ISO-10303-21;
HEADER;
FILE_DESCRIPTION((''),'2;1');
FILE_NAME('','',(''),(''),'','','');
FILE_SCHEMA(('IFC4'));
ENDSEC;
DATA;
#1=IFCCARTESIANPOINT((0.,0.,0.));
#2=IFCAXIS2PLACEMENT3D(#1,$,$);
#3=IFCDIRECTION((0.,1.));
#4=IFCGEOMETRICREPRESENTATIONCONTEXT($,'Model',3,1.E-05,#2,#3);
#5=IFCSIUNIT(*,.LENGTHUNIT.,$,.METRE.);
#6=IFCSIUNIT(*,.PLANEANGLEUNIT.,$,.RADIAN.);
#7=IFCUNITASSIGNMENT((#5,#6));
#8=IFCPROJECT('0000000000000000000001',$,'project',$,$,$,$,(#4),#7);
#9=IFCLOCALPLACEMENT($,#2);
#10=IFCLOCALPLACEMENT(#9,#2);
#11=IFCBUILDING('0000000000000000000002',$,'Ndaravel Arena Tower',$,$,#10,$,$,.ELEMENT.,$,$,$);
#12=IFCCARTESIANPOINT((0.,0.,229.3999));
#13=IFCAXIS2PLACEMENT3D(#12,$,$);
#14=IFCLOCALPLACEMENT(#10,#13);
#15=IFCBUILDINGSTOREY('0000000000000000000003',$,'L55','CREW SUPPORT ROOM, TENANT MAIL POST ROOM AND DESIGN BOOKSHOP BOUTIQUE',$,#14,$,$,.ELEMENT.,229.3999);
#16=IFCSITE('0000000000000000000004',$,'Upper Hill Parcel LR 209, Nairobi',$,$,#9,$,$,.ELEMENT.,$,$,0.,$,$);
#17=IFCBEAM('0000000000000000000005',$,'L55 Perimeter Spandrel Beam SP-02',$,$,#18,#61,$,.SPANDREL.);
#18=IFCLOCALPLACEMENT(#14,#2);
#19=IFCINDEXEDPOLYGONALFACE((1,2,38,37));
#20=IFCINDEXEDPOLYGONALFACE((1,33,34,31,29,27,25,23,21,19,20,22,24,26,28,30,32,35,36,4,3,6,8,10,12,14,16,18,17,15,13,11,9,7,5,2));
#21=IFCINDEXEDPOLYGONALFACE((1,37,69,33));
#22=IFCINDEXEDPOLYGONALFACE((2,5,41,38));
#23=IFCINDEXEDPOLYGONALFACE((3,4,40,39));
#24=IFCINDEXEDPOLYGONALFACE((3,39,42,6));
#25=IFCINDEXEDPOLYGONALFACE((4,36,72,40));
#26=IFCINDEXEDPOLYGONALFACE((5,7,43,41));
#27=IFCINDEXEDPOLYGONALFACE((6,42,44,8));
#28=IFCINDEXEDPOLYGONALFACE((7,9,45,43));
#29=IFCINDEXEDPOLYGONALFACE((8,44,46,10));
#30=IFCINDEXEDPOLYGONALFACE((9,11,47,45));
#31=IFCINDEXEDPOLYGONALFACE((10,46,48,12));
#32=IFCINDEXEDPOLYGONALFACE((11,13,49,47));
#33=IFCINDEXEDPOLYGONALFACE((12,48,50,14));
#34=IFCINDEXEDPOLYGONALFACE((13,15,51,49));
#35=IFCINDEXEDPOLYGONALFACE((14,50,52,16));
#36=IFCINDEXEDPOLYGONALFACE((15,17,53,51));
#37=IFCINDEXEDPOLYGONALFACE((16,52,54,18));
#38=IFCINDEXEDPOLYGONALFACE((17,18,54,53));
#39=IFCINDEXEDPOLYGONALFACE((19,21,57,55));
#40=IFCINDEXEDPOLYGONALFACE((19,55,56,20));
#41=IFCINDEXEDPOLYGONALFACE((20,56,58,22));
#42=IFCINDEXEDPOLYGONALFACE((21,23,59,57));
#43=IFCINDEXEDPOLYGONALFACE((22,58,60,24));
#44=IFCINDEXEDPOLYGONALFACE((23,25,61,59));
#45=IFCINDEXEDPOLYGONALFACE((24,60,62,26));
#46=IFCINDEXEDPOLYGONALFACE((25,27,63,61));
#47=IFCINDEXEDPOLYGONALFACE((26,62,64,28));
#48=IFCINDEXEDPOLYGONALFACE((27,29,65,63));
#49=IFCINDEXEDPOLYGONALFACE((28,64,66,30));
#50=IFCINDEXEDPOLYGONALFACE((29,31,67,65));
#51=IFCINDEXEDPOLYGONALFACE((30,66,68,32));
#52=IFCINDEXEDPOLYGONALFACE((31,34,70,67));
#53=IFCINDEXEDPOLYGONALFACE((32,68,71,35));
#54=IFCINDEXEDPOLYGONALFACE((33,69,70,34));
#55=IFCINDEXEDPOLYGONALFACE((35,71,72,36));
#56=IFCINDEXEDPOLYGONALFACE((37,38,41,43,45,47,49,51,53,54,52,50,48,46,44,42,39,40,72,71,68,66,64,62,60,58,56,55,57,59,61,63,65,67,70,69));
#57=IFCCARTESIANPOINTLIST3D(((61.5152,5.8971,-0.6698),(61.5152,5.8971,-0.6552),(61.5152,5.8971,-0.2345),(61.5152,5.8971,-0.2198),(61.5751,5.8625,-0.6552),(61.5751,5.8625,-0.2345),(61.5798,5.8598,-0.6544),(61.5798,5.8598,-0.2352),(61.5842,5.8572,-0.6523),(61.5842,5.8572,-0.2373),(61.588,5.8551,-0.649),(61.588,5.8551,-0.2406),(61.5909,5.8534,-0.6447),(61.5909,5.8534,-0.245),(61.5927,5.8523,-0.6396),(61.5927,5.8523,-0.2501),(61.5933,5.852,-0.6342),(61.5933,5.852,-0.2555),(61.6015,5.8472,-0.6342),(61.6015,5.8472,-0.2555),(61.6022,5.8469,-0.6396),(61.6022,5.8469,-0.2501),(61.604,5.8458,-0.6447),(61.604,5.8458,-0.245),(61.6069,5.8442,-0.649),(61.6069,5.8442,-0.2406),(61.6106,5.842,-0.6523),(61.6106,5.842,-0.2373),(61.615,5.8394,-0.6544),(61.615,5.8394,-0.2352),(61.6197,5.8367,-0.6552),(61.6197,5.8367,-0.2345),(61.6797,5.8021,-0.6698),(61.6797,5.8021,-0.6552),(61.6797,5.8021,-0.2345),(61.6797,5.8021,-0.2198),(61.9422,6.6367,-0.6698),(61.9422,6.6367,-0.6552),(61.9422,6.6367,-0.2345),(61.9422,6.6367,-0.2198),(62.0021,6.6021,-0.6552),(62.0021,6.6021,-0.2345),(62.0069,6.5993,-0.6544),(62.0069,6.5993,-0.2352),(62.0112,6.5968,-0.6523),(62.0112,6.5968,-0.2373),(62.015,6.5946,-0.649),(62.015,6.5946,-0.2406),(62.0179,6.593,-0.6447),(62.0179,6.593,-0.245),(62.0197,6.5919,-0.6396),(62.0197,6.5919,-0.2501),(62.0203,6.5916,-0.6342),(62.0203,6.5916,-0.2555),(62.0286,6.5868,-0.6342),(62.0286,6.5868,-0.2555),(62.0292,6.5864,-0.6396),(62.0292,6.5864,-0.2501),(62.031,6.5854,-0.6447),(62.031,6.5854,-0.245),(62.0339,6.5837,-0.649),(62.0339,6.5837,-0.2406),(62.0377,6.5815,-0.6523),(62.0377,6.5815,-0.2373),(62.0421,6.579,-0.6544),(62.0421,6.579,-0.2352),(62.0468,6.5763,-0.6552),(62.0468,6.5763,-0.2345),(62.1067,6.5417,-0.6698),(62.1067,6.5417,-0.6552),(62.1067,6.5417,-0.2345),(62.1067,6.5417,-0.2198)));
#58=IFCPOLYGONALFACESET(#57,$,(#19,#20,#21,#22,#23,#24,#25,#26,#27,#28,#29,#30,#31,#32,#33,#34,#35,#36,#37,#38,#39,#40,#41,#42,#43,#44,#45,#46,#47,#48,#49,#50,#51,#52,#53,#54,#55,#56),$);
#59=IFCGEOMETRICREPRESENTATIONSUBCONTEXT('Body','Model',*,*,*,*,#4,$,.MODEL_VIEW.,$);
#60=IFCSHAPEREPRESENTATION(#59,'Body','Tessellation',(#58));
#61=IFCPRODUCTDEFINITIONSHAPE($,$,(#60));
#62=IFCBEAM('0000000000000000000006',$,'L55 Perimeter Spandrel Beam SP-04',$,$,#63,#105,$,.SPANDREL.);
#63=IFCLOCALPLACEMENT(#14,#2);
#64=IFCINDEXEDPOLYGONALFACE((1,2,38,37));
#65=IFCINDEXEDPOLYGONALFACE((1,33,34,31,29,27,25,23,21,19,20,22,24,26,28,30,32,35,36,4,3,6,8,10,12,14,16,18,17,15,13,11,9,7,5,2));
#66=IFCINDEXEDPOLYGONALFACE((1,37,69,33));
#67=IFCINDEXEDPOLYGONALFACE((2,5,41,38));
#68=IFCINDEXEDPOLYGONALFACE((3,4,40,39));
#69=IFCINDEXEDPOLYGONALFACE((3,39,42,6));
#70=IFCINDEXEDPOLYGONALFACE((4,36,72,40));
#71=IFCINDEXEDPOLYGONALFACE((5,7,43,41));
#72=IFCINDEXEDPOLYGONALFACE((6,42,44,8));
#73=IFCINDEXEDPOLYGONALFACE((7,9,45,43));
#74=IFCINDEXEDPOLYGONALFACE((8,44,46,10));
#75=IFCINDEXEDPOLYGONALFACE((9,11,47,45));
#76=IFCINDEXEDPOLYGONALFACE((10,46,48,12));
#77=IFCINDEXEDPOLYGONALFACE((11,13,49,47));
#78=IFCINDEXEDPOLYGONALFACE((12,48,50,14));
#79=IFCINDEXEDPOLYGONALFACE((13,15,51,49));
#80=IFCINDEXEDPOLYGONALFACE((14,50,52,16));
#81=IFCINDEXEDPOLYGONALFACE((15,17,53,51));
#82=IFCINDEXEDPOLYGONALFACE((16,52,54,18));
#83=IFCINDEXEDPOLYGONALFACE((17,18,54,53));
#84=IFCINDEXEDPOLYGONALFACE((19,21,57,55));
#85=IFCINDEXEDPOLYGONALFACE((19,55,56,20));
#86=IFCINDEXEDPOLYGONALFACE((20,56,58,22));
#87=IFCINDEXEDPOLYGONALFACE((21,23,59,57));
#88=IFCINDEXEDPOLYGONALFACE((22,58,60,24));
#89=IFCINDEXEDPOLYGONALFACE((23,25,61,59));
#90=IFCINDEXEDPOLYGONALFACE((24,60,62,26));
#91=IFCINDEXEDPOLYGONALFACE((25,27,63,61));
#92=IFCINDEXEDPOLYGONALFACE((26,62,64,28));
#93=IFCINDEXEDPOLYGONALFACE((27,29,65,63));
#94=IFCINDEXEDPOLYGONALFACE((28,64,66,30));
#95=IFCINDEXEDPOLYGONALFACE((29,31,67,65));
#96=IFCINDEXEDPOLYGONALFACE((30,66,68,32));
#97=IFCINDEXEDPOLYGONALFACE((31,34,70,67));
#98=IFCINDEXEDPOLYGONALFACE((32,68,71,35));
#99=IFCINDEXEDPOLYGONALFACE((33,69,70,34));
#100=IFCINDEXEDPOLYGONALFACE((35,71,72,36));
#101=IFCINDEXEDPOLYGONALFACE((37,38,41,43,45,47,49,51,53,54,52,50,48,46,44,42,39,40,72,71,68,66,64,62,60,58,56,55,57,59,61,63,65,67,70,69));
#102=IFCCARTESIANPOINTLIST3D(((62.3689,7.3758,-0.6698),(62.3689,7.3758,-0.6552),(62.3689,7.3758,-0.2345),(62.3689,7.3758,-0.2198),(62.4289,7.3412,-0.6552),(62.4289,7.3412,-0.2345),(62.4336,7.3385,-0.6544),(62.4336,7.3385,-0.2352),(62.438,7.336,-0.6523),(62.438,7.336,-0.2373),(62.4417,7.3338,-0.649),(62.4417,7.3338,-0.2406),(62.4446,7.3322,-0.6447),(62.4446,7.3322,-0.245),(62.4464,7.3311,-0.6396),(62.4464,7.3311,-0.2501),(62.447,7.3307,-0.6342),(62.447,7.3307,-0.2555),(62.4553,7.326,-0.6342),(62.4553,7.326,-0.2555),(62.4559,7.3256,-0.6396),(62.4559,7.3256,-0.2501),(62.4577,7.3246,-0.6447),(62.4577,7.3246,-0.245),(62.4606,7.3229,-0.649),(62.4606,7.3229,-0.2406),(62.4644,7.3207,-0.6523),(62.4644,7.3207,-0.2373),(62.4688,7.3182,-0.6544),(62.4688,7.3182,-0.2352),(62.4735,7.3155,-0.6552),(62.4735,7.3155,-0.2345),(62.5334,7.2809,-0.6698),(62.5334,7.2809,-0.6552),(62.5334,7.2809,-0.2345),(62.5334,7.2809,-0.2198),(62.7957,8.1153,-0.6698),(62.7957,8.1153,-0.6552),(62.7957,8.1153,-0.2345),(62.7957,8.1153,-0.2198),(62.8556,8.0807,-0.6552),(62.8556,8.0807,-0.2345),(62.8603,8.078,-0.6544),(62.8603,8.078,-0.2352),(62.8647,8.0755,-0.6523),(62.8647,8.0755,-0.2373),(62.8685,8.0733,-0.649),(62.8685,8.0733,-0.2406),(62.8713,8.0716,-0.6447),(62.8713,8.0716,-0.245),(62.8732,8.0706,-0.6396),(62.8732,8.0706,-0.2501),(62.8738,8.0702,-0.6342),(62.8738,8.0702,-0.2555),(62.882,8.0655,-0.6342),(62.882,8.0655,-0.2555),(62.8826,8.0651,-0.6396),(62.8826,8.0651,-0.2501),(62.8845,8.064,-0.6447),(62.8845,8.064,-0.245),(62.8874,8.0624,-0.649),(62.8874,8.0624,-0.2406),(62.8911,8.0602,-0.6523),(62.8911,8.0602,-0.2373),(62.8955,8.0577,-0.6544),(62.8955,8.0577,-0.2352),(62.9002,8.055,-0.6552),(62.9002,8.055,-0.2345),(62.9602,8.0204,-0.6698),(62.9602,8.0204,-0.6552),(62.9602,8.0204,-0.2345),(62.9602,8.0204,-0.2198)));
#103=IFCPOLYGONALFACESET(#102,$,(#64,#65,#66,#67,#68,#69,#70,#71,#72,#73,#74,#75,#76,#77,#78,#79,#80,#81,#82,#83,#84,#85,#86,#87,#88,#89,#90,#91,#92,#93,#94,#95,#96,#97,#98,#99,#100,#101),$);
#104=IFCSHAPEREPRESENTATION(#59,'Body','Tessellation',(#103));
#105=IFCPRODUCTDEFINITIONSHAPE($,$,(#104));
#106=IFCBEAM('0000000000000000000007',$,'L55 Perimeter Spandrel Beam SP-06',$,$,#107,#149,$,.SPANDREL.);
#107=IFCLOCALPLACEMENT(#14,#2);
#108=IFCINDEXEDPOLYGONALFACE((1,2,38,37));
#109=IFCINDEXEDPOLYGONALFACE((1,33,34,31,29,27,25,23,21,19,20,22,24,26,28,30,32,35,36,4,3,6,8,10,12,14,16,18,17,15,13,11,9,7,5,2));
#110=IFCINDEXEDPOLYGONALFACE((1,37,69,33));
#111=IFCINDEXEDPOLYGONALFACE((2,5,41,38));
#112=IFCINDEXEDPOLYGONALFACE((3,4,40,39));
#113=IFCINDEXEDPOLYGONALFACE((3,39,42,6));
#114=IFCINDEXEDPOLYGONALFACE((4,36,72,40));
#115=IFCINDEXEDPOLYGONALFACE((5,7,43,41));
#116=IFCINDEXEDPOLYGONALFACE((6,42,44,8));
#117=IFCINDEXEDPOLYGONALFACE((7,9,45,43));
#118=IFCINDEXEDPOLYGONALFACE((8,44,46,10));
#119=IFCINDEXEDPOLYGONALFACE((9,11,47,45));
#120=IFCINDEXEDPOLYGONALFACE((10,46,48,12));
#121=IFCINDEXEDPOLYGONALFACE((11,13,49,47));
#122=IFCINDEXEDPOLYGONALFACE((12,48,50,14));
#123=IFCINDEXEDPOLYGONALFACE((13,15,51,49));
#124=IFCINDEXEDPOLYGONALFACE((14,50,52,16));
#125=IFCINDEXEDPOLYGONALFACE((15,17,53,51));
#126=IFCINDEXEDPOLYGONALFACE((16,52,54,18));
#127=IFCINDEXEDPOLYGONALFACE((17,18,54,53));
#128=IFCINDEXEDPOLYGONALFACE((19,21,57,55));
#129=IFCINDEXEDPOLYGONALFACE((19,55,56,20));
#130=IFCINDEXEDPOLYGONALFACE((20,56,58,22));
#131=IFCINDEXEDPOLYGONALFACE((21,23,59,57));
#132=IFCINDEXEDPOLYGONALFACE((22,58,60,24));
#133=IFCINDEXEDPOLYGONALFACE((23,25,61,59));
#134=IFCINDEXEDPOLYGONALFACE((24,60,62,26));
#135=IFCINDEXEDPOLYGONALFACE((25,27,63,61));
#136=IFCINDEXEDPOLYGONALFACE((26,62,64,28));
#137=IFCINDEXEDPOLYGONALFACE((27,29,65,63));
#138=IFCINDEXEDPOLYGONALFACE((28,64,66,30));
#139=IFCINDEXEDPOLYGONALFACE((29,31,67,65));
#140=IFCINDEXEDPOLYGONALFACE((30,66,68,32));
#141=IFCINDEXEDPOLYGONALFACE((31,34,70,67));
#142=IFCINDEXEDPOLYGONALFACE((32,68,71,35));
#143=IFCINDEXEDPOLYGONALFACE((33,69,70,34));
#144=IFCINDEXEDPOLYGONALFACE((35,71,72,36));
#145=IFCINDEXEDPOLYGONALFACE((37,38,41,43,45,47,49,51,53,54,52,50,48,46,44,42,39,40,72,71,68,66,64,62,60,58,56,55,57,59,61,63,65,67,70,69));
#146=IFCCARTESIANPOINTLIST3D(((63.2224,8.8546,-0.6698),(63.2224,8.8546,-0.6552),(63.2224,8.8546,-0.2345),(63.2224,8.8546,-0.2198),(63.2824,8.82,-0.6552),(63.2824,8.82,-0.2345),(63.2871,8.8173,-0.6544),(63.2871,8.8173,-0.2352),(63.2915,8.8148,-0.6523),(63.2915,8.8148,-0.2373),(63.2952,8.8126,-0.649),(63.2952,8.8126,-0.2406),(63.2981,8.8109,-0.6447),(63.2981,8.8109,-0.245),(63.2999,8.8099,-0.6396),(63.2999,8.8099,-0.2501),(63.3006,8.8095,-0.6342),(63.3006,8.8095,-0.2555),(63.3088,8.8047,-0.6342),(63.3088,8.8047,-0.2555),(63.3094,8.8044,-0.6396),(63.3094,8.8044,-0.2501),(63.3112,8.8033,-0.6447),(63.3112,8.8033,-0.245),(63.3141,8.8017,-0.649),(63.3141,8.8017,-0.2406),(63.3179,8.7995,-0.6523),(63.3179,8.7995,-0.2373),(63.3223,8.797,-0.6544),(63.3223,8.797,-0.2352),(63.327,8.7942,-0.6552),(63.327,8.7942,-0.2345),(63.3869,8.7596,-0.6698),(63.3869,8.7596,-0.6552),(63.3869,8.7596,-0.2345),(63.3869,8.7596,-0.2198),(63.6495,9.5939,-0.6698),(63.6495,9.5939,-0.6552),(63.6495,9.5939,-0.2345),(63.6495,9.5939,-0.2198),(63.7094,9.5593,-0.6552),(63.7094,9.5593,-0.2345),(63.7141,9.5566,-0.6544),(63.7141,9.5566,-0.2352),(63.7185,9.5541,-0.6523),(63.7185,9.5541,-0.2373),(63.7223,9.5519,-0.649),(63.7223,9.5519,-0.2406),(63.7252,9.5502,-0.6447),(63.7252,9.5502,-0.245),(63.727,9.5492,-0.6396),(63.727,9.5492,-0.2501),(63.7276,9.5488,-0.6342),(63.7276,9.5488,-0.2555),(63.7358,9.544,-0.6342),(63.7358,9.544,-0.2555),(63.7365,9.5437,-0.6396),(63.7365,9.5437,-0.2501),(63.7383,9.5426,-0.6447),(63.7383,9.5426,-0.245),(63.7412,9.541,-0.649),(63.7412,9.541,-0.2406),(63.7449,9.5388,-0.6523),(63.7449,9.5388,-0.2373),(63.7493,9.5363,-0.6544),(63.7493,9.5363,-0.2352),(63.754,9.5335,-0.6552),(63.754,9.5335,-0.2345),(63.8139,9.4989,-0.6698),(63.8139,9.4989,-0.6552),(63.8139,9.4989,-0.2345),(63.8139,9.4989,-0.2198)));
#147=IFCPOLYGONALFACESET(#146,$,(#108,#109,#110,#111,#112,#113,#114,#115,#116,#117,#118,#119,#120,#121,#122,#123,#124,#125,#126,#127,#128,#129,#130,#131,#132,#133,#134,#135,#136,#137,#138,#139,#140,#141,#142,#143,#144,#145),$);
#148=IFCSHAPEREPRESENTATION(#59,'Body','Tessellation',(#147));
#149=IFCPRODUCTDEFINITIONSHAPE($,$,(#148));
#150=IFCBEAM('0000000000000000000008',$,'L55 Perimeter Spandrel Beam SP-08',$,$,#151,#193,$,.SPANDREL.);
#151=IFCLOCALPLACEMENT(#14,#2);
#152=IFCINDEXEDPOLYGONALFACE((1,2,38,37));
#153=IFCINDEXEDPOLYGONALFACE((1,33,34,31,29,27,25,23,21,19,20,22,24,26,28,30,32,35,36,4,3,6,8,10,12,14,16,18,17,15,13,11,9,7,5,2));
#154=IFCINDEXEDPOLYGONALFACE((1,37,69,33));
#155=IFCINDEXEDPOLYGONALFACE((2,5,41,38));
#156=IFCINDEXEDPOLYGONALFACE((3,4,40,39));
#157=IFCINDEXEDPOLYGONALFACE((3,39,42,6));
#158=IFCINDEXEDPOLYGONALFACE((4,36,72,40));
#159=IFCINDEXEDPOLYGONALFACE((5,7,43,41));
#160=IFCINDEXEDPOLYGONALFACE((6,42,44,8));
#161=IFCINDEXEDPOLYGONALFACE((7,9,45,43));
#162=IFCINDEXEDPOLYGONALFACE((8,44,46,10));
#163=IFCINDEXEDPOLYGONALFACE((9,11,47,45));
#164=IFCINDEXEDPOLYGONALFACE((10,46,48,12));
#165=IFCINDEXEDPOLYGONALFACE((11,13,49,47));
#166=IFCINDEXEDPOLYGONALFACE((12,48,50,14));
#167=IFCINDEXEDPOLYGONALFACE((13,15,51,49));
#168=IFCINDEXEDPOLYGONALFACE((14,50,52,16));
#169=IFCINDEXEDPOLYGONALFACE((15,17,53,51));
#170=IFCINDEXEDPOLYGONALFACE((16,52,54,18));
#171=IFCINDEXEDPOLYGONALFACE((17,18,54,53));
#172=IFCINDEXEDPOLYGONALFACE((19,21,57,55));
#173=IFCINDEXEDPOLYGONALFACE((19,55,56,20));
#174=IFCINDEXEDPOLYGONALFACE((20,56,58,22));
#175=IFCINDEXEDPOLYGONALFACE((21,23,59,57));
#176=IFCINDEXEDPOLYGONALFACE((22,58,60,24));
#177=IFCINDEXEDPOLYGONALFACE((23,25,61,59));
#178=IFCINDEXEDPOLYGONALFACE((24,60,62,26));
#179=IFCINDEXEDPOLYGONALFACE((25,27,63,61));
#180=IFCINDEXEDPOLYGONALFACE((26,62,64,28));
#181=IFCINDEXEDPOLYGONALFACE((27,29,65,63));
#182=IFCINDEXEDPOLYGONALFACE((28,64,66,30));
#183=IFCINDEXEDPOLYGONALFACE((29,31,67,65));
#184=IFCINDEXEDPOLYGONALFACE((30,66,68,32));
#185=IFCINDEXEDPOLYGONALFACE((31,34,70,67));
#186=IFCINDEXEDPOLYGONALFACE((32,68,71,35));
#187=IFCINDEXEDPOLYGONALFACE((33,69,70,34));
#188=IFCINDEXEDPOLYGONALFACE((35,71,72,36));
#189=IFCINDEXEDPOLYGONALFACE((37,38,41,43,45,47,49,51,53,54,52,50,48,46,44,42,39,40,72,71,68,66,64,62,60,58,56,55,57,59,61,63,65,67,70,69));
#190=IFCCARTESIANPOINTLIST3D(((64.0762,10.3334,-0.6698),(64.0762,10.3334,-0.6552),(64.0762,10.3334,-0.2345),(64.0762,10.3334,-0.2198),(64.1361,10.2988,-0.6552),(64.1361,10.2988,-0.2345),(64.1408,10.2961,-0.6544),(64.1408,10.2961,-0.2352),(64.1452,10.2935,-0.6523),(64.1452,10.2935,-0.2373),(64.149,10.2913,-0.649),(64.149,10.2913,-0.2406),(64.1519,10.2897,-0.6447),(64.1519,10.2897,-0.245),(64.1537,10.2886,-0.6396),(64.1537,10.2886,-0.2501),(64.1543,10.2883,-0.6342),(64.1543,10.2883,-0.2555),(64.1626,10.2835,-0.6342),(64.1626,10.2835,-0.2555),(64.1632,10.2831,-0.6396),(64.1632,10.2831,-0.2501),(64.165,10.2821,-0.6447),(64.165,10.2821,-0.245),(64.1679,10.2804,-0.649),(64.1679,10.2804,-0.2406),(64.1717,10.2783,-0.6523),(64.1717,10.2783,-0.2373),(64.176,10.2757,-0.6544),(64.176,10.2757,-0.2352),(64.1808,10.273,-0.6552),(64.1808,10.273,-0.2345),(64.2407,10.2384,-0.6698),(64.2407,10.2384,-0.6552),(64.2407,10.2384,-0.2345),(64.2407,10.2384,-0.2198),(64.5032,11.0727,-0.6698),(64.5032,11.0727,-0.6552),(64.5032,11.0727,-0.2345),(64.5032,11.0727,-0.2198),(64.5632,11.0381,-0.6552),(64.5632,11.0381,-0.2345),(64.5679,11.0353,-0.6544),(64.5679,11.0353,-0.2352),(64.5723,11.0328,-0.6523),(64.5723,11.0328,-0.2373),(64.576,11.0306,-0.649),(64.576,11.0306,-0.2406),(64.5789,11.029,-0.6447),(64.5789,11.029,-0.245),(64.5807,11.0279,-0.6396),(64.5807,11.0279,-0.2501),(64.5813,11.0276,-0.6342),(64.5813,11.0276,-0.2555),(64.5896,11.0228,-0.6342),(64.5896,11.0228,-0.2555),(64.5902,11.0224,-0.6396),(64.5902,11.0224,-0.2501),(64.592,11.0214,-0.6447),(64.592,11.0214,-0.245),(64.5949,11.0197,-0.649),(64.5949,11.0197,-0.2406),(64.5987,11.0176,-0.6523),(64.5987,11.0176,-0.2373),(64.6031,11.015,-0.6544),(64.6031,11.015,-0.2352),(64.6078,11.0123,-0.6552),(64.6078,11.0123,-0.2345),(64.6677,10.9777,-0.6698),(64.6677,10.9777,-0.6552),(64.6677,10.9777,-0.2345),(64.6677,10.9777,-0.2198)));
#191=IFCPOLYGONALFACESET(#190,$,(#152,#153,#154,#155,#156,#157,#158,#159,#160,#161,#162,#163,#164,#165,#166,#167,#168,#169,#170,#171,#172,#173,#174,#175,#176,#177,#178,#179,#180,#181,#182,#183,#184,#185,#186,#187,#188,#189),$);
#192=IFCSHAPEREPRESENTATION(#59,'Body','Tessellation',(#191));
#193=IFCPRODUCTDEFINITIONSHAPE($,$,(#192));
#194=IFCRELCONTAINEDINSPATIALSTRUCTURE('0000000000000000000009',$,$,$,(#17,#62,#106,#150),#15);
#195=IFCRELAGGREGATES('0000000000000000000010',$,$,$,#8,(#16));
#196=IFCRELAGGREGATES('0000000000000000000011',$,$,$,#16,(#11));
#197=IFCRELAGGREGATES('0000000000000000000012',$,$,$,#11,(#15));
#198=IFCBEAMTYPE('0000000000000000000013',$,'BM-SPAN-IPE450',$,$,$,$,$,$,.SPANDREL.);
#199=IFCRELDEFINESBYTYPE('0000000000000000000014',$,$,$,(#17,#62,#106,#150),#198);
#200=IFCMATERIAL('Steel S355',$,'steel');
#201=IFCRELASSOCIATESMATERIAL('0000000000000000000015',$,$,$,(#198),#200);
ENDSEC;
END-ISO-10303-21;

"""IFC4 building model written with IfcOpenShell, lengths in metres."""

from ifc_helpers import new_model, si_unit, direction, frame, origin, origin_2d, place, context, subcontext, project, spatial, i_section, extrude, material, material_profile, profile_set, type_object, element, save


model = new_model("IFC4")

# Units and contexts
model_context = context("Model", 3, precision=1e-05, world=origin(), true_north=direction((0.0, 1.0)))
body_context = subcontext(model_context, "Body", "Model", "MODEL_VIEW")
ifc_project = project(units=[si_unit("LENGTHUNIT", "METRE"), si_unit("PLANEANGLEUNIT", "RADIAN")], contexts=[model_context])

# Site, building, storey
site_placement = place(None, origin())
site = spatial("IfcSite", under=ifc_project, at=site_placement, Name="Upper Hill Parcel LR 209, Nairobi", CompositionType="ELEMENT", RefElevation=0.0)
building_placement = place(site_placement, origin())
building = spatial("IfcBuilding", under=site, at=building_placement, Name="Ndaravel Arena Tower", CompositionType="ELEMENT")
storey_placement = place(building_placement, frame((0.0, 0.0, 229.3999)))
storey = spatial("IfcBuildingStorey", under=building, at=storey_placement, Name="L55", Description="CREW SUPPORT ROOM, TENANT MAIL POST ROOM AND DESIGN BOOKSHOP BOUTIQUE", CompositionType="ELEMENT", Elevation=229.3999)

# Beams
ifc_material_1 = material(Name="Steel S355", Category="steel")
ifc_material_profile_1 = material_profile(ifc_material_1, i_section(OverallWidth=0.1899, OverallDepth=0.45, WebThickness=0.0095, FlangeThickness=0.0146, FilletRadius=0.021, at=origin_2d()), Name="IPE 450")
ifc_profile_set_1 = profile_set([ifc_material_profile_1], Name="Steel S355")
beam_type = type_object("IfcBeamType", Name="BM-SPAN-IPE450", PredefinedType="SPANDREL", material=ifc_profile_set_1)
beam_1_placement = place(storey_placement, frame((61.5974, 5.8496, -0.4448), z_axis=(0.500044, 0.866, 0.0), x_axis=(-0.866, 0.500044, 0.0)))
element("IfcBeam", 1, at=beam_1_placement, inside=storey, type_object=beam_type, Name="L55 Perimeter Spandrel Beam SP-02", PredefinedType="SPANDREL", context=body_context, shape_type="SweptSolid", body=[
    extrude(i_section(OverallWidth=0.1899, OverallDepth=0.45, WebThickness=0.0095, FlangeThickness=0.0146, FilletRadius=0.021, at=origin_2d()), origin(), (0.0, 0.0, 1.0), 0.854),
])
for number, where, z_axis, x_axis, name in (
    (2, (62.4512, 7.3284, -0.4448), (0.49983, 0.866124, 0.0), (-0.866124, 0.49983, 0.0), "L55 Perimeter Spandrel Beam SP-04"),
    (3, (63.3047, 8.8071, -0.4448), (0.500168, 0.865928, 0.0), (-0.865928, 0.500168, 0.0), "L55 Perimeter Spandrel Beam SP-06"),
    (4, (64.1584, 10.2859, -0.4448), (0.500168, 0.865928, 0.0), (-0.865928, 0.500168, 0.0), "L55 Perimeter Spandrel Beam SP-08"),
):
    element("IfcBeam", number, at=place(storey_placement, frame(where, z_axis=z_axis, x_axis=x_axis)), inside=storey, type_object=beam_type, Name=name, PredefinedType="SPANDREL", context=body_context, shape_type="SweptSolid", body=[
        extrude(i_section(OverallWidth=0.1899, OverallDepth=0.45, WebThickness=0.0095, FlangeThickness=0.0146, FilletRadius=0.021, at=origin_2d()), origin(), (0.0, 0.0, 1.0), 0.8538),
    ])

save(model, "model.ifc")
